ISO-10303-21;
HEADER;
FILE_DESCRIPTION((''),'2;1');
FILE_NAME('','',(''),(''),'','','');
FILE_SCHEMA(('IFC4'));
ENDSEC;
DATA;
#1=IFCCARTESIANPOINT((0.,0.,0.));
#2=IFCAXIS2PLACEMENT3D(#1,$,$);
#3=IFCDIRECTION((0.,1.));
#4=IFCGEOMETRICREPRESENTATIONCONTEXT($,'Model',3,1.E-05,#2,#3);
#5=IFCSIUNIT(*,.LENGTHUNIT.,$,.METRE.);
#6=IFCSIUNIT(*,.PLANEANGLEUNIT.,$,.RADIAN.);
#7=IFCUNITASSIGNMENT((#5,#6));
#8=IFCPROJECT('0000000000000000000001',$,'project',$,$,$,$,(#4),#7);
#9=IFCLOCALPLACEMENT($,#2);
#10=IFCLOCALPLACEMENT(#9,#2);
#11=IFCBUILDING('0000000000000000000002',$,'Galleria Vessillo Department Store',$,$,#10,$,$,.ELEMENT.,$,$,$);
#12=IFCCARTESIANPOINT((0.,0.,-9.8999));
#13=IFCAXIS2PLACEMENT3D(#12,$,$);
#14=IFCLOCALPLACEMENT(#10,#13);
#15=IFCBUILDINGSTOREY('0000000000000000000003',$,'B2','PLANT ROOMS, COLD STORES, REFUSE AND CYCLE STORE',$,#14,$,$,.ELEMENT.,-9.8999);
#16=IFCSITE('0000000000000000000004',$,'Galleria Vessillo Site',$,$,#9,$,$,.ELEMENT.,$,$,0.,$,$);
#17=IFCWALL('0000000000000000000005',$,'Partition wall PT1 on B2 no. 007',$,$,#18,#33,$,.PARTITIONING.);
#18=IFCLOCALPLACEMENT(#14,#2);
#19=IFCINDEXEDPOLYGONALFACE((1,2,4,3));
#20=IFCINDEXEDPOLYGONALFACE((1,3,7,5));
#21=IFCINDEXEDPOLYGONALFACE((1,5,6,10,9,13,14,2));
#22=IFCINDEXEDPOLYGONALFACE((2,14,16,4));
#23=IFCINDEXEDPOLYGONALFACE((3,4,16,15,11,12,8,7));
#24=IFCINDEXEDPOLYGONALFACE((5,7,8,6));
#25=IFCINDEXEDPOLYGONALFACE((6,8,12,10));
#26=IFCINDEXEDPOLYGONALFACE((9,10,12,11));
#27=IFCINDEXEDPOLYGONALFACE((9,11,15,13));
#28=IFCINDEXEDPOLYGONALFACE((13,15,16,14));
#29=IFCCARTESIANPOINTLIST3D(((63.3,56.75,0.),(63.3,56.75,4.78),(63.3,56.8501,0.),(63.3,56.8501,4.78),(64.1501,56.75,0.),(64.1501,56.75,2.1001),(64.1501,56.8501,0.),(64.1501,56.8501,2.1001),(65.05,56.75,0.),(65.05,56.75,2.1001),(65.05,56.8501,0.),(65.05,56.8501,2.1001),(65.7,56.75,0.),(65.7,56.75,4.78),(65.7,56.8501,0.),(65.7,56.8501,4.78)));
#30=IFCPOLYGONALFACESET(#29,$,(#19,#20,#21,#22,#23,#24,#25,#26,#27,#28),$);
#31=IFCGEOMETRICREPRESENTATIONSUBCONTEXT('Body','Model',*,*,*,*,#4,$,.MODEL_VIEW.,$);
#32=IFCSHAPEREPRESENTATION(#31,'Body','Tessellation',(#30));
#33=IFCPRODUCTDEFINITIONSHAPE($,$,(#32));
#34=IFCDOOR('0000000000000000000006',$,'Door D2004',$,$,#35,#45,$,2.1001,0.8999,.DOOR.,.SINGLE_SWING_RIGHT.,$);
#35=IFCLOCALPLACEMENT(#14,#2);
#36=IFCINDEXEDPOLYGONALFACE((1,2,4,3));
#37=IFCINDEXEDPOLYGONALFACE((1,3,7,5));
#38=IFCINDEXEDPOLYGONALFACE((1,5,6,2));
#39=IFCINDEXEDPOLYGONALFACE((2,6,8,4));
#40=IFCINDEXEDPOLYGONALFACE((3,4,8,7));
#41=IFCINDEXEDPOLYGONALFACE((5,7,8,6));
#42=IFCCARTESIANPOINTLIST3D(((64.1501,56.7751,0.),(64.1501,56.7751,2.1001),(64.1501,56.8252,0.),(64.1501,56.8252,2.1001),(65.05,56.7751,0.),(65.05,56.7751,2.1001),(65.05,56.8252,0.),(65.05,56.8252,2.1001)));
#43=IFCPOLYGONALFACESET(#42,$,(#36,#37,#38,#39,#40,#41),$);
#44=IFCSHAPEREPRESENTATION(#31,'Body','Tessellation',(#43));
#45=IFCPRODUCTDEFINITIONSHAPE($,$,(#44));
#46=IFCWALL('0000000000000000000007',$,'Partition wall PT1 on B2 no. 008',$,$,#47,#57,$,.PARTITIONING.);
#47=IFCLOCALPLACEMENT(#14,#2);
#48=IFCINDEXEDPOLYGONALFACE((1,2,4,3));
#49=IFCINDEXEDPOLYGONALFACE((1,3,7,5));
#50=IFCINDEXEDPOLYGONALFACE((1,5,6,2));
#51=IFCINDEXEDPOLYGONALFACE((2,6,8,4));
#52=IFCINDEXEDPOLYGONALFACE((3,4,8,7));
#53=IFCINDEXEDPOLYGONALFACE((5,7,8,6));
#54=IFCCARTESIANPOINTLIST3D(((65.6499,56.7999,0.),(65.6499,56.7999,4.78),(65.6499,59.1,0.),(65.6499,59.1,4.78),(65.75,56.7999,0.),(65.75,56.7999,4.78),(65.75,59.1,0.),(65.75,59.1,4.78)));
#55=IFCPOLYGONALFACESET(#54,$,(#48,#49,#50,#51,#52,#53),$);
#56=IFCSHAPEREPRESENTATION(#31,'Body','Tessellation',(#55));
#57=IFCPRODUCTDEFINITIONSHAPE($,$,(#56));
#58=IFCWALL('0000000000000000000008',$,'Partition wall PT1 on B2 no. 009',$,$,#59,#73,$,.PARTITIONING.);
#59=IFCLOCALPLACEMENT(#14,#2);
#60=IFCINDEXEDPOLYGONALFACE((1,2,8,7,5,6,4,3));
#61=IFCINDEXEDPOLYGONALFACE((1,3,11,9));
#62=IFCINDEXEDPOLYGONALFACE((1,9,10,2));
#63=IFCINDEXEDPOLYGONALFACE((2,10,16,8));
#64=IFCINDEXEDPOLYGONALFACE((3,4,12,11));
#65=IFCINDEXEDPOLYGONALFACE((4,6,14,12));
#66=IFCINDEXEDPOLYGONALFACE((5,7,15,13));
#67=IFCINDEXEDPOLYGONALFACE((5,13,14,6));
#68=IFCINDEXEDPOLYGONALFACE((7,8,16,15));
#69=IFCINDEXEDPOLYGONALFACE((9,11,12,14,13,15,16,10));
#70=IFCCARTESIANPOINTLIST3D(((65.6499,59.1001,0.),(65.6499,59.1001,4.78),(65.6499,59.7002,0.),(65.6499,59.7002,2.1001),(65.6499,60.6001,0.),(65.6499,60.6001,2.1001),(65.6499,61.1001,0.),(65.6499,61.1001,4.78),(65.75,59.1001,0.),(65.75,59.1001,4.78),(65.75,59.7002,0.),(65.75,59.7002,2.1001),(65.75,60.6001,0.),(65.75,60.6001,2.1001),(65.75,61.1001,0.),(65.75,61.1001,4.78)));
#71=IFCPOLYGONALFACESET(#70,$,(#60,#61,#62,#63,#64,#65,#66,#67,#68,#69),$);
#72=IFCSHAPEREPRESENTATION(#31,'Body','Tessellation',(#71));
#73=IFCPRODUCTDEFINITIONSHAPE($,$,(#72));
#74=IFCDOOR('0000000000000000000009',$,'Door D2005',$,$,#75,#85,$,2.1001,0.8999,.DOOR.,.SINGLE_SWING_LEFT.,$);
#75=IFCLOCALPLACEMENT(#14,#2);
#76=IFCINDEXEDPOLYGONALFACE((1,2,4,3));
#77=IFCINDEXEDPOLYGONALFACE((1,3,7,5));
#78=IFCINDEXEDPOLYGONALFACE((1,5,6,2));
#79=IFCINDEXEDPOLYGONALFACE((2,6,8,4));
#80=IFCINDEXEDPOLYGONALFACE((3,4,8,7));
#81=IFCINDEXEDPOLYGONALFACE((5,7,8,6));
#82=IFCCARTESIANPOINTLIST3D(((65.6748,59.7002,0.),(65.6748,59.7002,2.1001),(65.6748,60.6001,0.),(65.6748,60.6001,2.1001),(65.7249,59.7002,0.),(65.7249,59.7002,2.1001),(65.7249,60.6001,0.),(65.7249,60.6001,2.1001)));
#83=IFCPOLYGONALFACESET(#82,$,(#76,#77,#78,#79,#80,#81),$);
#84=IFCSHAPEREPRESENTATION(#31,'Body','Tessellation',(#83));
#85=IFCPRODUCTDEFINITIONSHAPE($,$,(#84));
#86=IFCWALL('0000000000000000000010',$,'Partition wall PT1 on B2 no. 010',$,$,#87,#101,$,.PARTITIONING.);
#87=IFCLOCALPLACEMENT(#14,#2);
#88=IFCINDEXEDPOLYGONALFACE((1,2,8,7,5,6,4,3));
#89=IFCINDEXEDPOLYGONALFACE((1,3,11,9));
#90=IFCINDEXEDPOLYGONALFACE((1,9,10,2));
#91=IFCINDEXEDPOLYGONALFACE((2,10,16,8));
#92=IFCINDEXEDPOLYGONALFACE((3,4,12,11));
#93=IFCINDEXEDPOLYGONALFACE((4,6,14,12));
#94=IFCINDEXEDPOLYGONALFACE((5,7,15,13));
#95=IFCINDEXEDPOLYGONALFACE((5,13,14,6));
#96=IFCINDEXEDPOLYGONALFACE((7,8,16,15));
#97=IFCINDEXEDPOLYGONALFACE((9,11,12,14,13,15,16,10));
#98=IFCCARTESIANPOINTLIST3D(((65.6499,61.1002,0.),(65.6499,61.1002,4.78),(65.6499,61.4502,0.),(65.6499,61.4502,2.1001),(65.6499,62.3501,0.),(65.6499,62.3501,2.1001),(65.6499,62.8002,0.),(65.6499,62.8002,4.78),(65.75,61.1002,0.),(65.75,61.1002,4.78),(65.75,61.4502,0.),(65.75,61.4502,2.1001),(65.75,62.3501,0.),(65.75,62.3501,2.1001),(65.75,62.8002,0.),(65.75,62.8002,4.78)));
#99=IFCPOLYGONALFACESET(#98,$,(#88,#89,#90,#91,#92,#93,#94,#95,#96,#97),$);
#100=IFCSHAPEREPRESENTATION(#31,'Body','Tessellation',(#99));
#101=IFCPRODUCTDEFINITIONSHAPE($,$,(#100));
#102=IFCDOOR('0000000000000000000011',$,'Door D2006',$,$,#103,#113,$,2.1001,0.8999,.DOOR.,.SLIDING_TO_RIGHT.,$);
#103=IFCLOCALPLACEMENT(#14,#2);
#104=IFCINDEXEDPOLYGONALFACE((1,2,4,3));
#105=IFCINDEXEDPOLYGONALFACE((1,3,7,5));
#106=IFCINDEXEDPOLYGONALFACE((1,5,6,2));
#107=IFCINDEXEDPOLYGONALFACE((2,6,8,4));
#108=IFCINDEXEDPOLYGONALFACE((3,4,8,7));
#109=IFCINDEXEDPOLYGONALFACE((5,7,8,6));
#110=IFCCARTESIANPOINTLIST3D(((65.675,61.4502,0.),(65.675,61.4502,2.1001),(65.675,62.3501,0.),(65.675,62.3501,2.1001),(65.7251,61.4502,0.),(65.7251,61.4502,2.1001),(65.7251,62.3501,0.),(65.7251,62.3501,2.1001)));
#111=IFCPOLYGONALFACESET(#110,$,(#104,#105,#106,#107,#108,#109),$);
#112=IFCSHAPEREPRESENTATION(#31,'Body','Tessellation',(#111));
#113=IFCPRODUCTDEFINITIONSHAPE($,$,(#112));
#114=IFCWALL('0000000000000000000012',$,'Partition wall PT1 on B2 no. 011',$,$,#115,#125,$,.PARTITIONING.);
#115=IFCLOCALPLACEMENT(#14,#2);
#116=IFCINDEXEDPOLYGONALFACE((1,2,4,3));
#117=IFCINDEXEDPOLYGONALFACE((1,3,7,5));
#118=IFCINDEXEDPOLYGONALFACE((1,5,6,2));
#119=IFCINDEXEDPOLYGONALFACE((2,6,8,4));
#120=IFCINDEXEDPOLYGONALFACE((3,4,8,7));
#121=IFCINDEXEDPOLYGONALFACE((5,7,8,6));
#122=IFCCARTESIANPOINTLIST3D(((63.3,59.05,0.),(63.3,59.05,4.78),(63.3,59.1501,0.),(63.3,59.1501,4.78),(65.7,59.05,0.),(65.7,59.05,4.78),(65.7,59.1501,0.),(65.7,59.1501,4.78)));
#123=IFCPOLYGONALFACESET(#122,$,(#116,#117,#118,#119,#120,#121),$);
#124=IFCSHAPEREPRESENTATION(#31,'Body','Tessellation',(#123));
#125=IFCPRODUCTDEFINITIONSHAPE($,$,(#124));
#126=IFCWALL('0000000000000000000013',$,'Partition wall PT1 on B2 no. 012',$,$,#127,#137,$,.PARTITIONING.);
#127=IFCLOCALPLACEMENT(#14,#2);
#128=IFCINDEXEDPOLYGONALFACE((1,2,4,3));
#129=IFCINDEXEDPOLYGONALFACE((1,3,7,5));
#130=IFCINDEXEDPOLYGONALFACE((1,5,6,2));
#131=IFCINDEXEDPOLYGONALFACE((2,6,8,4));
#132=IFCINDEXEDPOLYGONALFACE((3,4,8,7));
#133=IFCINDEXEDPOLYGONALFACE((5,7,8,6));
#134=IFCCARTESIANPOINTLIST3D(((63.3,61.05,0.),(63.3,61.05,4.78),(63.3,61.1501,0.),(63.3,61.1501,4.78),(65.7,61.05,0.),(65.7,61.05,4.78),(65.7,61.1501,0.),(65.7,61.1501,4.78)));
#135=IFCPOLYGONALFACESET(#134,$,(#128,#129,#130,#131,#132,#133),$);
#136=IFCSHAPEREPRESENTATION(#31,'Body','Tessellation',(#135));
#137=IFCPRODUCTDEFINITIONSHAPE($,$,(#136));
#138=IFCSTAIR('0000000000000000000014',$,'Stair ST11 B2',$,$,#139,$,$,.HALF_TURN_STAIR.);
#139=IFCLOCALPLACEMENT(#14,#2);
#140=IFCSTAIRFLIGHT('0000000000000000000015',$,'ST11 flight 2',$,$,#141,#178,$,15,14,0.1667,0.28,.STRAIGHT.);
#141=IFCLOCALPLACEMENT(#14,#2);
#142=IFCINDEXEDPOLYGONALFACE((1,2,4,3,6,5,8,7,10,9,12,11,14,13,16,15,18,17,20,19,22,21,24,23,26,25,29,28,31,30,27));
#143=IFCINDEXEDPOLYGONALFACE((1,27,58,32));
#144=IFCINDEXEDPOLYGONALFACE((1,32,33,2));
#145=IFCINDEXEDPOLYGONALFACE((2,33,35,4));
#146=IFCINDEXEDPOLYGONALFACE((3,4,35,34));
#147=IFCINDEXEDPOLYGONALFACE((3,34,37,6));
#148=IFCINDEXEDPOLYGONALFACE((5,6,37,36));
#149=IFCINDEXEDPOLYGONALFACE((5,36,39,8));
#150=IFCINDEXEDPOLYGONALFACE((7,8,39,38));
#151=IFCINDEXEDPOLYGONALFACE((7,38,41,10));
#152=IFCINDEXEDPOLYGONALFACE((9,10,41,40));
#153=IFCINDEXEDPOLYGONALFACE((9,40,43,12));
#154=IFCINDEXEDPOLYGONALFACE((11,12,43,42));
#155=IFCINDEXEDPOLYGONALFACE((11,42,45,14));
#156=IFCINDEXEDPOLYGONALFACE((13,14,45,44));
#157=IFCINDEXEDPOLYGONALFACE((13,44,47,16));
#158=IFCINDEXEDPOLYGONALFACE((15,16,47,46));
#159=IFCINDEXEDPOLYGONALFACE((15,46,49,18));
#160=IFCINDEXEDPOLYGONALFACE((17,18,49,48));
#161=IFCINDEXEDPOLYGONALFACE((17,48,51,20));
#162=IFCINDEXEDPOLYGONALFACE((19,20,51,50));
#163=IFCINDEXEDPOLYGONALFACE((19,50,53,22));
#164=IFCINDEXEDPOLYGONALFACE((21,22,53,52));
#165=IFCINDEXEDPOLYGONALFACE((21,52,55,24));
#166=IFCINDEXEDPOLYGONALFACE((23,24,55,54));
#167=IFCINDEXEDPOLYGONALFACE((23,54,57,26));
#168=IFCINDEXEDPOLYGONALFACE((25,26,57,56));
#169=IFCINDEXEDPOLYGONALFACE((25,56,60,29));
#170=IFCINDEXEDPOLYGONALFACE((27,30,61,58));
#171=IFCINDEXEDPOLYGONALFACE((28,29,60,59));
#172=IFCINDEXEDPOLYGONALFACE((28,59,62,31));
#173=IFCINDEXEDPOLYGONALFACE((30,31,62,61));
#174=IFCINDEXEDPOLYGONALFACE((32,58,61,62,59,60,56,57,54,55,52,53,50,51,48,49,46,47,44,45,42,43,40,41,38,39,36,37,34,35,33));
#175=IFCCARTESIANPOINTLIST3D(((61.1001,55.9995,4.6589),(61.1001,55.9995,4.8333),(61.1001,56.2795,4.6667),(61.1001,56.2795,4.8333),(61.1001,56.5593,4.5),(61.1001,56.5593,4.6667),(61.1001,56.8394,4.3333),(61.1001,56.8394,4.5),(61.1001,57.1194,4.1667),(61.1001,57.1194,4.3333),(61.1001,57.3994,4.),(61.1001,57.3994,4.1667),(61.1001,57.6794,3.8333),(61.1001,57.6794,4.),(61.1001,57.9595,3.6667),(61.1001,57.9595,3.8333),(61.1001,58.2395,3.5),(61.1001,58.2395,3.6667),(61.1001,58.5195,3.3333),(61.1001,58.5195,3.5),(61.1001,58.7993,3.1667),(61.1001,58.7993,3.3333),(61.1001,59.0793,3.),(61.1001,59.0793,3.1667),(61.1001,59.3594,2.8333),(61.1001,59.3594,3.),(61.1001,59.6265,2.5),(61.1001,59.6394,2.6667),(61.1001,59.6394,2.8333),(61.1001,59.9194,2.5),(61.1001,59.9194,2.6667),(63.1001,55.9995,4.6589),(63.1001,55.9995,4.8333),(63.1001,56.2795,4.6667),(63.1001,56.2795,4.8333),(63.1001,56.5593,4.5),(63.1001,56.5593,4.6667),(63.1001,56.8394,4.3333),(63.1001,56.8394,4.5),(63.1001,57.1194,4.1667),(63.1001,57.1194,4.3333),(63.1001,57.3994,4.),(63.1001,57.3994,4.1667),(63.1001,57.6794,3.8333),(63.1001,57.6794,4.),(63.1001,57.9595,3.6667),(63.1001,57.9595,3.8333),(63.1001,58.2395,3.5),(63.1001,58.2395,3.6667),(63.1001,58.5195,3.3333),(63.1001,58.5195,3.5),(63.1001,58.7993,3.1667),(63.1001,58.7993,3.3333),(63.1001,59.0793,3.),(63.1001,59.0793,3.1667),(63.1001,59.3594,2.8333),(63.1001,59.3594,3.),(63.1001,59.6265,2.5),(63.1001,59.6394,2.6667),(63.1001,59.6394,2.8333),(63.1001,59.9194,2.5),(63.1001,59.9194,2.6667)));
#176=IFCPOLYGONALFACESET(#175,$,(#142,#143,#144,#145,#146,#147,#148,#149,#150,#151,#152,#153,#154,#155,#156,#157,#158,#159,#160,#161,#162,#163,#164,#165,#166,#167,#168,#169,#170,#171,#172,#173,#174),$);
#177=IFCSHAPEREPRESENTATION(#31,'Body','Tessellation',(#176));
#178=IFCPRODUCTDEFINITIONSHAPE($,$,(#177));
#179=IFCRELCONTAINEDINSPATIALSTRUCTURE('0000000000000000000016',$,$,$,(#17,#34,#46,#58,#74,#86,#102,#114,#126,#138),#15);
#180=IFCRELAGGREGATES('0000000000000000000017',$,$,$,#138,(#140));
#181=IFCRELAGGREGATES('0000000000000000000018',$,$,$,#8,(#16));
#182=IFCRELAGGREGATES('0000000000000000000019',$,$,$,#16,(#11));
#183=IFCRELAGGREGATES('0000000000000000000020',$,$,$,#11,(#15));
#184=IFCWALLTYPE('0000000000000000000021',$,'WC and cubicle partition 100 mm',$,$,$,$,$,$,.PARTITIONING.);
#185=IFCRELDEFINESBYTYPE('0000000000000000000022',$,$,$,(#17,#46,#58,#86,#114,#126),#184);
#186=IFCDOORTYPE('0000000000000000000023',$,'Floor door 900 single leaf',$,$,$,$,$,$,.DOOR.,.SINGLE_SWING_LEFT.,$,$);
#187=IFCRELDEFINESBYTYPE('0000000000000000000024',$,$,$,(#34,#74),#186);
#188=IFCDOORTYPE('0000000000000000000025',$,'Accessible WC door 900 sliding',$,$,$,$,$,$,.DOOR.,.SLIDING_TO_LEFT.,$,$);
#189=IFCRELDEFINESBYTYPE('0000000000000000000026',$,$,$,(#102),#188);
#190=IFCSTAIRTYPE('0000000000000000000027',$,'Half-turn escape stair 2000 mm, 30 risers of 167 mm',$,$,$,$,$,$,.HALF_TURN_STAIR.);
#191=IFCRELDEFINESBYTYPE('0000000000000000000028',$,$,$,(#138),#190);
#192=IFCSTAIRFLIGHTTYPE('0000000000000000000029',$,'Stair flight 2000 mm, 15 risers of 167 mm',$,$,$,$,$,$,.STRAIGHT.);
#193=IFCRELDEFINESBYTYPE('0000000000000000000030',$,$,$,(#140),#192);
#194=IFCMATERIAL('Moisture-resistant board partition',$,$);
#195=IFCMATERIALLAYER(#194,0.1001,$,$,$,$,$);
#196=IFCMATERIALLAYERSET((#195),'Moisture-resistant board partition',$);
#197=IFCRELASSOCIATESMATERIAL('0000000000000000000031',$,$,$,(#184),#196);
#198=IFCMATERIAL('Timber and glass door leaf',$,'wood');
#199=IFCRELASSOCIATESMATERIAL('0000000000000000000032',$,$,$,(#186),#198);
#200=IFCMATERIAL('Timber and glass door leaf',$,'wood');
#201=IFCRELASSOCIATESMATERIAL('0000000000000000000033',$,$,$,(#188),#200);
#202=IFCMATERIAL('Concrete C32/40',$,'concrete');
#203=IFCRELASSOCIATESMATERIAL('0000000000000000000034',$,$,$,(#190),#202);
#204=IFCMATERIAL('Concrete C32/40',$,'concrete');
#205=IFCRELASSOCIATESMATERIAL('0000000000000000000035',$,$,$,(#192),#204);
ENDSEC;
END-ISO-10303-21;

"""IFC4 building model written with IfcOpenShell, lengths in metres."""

from ifc_helpers import new_model, si_unit, direction, frame, frame_2d, origin, place, context, subcontext, project, spatial, polyline, rectangle, outline, extrude, material, layer, layer_set, type_object, element, fill, aggregate, save


model = new_model("IFC4")

# Units and contexts
model_context = context("Model", 3, precision=1e-05, world=origin(), true_north=direction((0.0, 1.0)))
body_context = subcontext(model_context, "Body", "Model", "MODEL_VIEW")
ifc_project = project(units=[si_unit("LENGTHUNIT", "METRE"), si_unit("PLANEANGLEUNIT", "RADIAN")], contexts=[model_context])

# Site, building, storey
site_placement = place(None, origin())
site = spatial("IfcSite", under=ifc_project, at=site_placement, Name="Galleria Vessillo Site", CompositionType="ELEMENT", RefElevation=0.0)
building_placement = place(site_placement, origin())
building = spatial("IfcBuilding", under=site, at=building_placement, Name="Galleria Vessillo Department Store", CompositionType="ELEMENT")
storey_placement = place(building_placement, frame((0.0, 0.0, -9.8999)))
storey = spatial("IfcBuildingStorey", under=building, at=storey_placement, Name="B2", Description="PLANT ROOMS, COLD STORES, REFUSE AND CYCLE STORE", CompositionType="ELEMENT", Elevation=-9.8999)

# Wall, opening, door
ifc_material_1 = material(Name="Moisture-resistant board partition")
ifc_layer_1 = layer(ifc_material_1, 0.1001)
ifc_layer_set_1 = layer_set([ifc_layer_1], Name="Moisture-resistant board partition")
wall_type_1 = type_object("IfcWallType", Name="WC and cubicle partition 100 mm", PredefinedType="PARTITIONING", material=ifc_layer_set_1)
wall_1_placement = place(storey_placement, frame((63.3, 56.8, 0.0), z_axis=(0.0, 0.0, 1.0), x_axis=(1.0, 0.0, 0.0)))
wall_1 = element("IfcWall", 1, at=wall_1_placement, inside=storey, type_object=wall_type_1, Name="Partition wall PT1 on B2 no. 007", PredefinedType="PARTITIONING", context=body_context, shape_type="SweptSolid", body=[
    extrude(rectangle(XDim=2.3999, YDim=0.1001, at=frame_2d((1.2, 0.0))), origin(), (0.0, 0.0, 1.0), 4.78),
])
opening_1_placement = place(wall_1_placement, frame((0.8501, 0.0, 0.0)))
opening_1 = element("IfcOpeningElement", 2, at=opening_1_placement, cuts=wall_1, PredefinedType="OPENING", context=body_context, shape_type="SweptSolid", body=[
    extrude(rectangle(XDim=0.8999, YDim=2.1001, at=frame_2d((0.45, 1.05))), frame((0.0, 0.0601, 0.0), z_axis=(0.0, -1.0, 0.0), x_axis=(1.0, 0.0, 0.0)), (0.0, 0.0, 1.0), 0.1201),
])
ifc_material_2 = material(Name="Timber and glass door leaf", Category="wood")
door_type_1 = type_object("IfcDoorType", Name="Floor door 900 single leaf", OperationType="SINGLE_SWING_LEFT", PredefinedType="DOOR", material=ifc_material_2)
door_1_placement = place(opening_1_placement, frame((0.8999, 0.0, 0.0), z_axis=(0.0, 0.0, 1.0), x_axis=(-1.0, 0.0, 0.0)))
door_1 = element("IfcDoor", 3, at=door_1_placement, inside=storey, type_object=door_type_1, Name="Door D2004", OperationType="SINGLE_SWING_RIGHT", OverallHeight=2.1001, OverallWidth=0.8999, PredefinedType="DOOR", context=body_context, shape_type="SweptSolid", body=[
    extrude(rectangle(XDim=0.8999, YDim=2.1001, at=frame_2d((0.45, 1.05))), frame((0.0, 0.0249, 0.0), z_axis=(0.0, -1.0, 0.0), x_axis=(1.0, 0.0, 0.0)), (0.0, 0.0, 1.0), 0.05),
])
fill(opening_1, door_1)

# Wall
wall_2_placement = place(storey_placement, frame((65.7, 56.8, 0.0), z_axis=(0.0, 0.0, 1.0), x_axis=(0.0, 1.0, 0.0)))
element("IfcWall", 4, at=wall_2_placement, inside=storey, type_object=wall_type_1, Name="Partition wall PT1 on B2 no. 008", PredefinedType="PARTITIONING", context=body_context, shape_type="SweptSolid", body=[
    extrude(rectangle(XDim=2.3, YDim=0.1001, at=frame_2d((1.1499, 0.0))), origin(), (0.0, 0.0, 1.0), 4.78),
])

# Walls, openings, doors
wall_3_placement = place(storey_placement, frame((65.7, 59.1001, 0.0), z_axis=(0.0, 0.0, 1.0), x_axis=(0.0, 1.0, 0.0)))
wall_3 = element("IfcWall", 5, at=wall_3_placement, inside=storey, type_object=wall_type_1, Name="Partition wall PT1 on B2 no. 009", PredefinedType="PARTITIONING", context=body_context, shape_type="SweptSolid", body=[
    extrude(rectangle(XDim=2.0, YDim=0.1001, at=frame_2d((1.0, 0.0))), origin(), (0.0, 0.0, 1.0), 4.78),
])
opening_2_placement = place(wall_3_placement, frame((0.6001, 0.0, 0.0)))
opening_2 = element("IfcOpeningElement", 6, at=opening_2_placement, cuts=wall_3, PredefinedType="OPENING", context=body_context, shape_type="SweptSolid", body=[
    extrude(rectangle(XDim=0.8999, YDim=2.1001, at=frame_2d((0.45, 1.05))), frame((0.0, 0.0601, 0.0), z_axis=(0.0, -1.0, 0.0), x_axis=(1.0, 0.0, 0.0)), (0.0, 0.0, 1.0), 0.1201),
])
door_2_placement = place(opening_2_placement, frame((0.8999, 0.0, 0.0), z_axis=(0.0, 0.0, 1.0), x_axis=(-1.0, 0.0, 0.0)))
door_2 = element("IfcDoor", 7, at=door_2_placement, inside=storey, type_object=door_type_1, Name="Door D2005", OperationType="SINGLE_SWING_LEFT", OverallHeight=2.1001, OverallWidth=0.8999, PredefinedType="DOOR", context=body_context, shape_type="SweptSolid", body=[
    extrude(rectangle(XDim=0.8999, YDim=2.1001, at=frame_2d((0.45, 1.05))), frame((0.0, 0.0249, 0.0), z_axis=(0.0, -1.0, 0.0), x_axis=(1.0, 0.0, 0.0)), (0.0, 0.0, 1.0), 0.05),
])
fill(opening_2, door_2)
wall_4_placement = place(storey_placement, frame((65.7, 61.1001, 0.0), z_axis=(0.0, 0.0, 1.0), x_axis=(0.0, 1.0, 0.0)))
wall_4 = element("IfcWall", 8, at=wall_4_placement, inside=storey, type_object=wall_type_1, Name="Partition wall PT1 on B2 no. 010", PredefinedType="PARTITIONING", context=body_context, shape_type="SweptSolid", body=[
    extrude(rectangle(XDim=1.7, YDim=0.1001, at=frame_2d((0.8501, 0.0))), origin(), (0.0, 0.0, 1.0), 4.78),
])
opening_3_placement = place(wall_4_placement, frame((0.3501, 0.0, 0.0)))
opening_3 = element("IfcOpeningElement", 9, at=opening_3_placement, cuts=wall_4, PredefinedType="OPENING", context=body_context, shape_type="SweptSolid", body=[
    extrude(rectangle(XDim=0.8999, YDim=2.1001, at=frame_2d((0.45, 1.05))), frame((0.0, 0.0601, 0.0), z_axis=(0.0, -1.0, 0.0), x_axis=(1.0, 0.0, 0.0)), (0.0, 0.0, 1.0), 0.1201),
])
ifc_material_3 = material(Name="Timber and glass door leaf", Category="wood")
door_type_2 = type_object("IfcDoorType", Name="Accessible WC door 900 sliding", OperationType="SLIDING_TO_LEFT", PredefinedType="DOOR", material=ifc_material_3)
door_3_placement = place(opening_3_placement, origin())
door_3 = element("IfcDoor", 10, at=door_3_placement, inside=storey, type_object=door_type_2, Name="Door D2006", OperationType="SLIDING_TO_RIGHT", OverallHeight=2.1001, OverallWidth=0.8999, PredefinedType="DOOR", context=body_context, shape_type="SweptSolid", body=[
    extrude(rectangle(XDim=0.8999, YDim=2.1001, at=frame_2d((0.45, 1.05))), frame((0.0, 0.0249, 0.0), z_axis=(0.0, -1.0, 0.0), x_axis=(1.0, 0.0, 0.0)), (0.0, 0.0, 1.0), 0.05),
])
fill(opening_3, door_3)

# Walls
for number, where, z_axis, x_axis, name in (
    (11, (63.3, 59.1001, 0.0), (0.0, 0.0, 1.0), (1.0, 0.0, 0.0), "Partition wall PT1 on B2 no. 011"),
    (12, (63.3, 61.1001, 0.0), (0.0, 0.0, 1.0), (1.0, 0.0, 0.0), "Partition wall PT1 on B2 no. 012"),
):
    element("IfcWall", number, at=place(storey_placement, frame(where, z_axis=z_axis, x_axis=x_axis)), inside=storey, type_object=wall_type_1, Name=name, PredefinedType="PARTITIONING", context=body_context, shape_type="SweptSolid", body=[
        extrude(rectangle(XDim=2.3999, YDim=0.1001, at=frame_2d((1.2, 0.0))), origin(), (0.0, 0.0, 1.0), 4.78),
    ])

# Stair, stair flight
ifc_material_4 = material(Name="Concrete C32/40", Category="concrete")
stair_type = type_object("IfcStairType", Name="Half-turn escape stair 2000 mm, 30 risers of 167 mm", PredefinedType="HALF_TURN_STAIR", material=ifc_material_4)
stair_placement = place(storey_placement, origin())
stair = element("IfcStair", 13, at=stair_placement, inside=storey, type_object=stair_type, Name="Stair ST11 B2", PredefinedType="HALF_TURN_STAIR")
ifc_material_5 = material(Name="Concrete C32/40", Category="concrete")
stair_flight_type = type_object("IfcStairFlightType", Name="Stair flight 2000 mm, 15 risers of 167 mm", PredefinedType="STRAIGHT", material=ifc_material_5)
stair_flight_placement = place(storey_placement, frame((62.1001, 59.9194, 2.5), z_axis=(0.0, 0.0, 1.0), x_axis=(0.0, -1.0, 0.0)))
stair_flight = element("IfcStairFlight", 14, at=stair_flight_placement, type_object=stair_flight_type, Name="ST11 flight 2", NumberOfRisers=15, NumberOfTreads=14, PredefinedType="STRAIGHT", RiserHeight=0.1667, TreadLength=0.28, context=body_context, shape_type="SweptSolid", body=[
    extrude(outline(polyline([(0.0, 0.0), (0.0, 0.1667), (0.28, 0.1667), (0.28, 0.3333), (0.5601, 0.3333), (0.5601, 0.5), (0.8401, 0.5), (0.8401, 0.6667), (1.1201, 0.6667), (1.1201, 0.8333), (1.3999, 0.8333), (1.3999, 1.0), (1.6799, 1.0), (1.6799, 1.1667), (1.96, 1.1667), (1.96, 1.3333), (2.24, 1.3333), (2.24, 1.5), (2.52, 1.5), (2.52, 1.6667), (2.8, 1.6667), (2.8, 1.8333), (3.0801, 1.8333), (3.0801, 2.0), (3.3601, 2.0), (3.3601, 2.1667), (3.6399, 2.1667), (3.6399, 2.3333), (3.9199, 2.3333), (3.9199, 2.5), (3.9199, 2.1589), (0.293, 0.0), (0.0, 0.0)])), frame((0.0, 1.0, 0.0), z_axis=(0.0, -1.0, 0.0), x_axis=(1.0, 0.0, 0.0)), (0.0, 0.0, 1.0), 2.0),
])
aggregate(stair, [stair_flight])

save(model, "model.ifc")
